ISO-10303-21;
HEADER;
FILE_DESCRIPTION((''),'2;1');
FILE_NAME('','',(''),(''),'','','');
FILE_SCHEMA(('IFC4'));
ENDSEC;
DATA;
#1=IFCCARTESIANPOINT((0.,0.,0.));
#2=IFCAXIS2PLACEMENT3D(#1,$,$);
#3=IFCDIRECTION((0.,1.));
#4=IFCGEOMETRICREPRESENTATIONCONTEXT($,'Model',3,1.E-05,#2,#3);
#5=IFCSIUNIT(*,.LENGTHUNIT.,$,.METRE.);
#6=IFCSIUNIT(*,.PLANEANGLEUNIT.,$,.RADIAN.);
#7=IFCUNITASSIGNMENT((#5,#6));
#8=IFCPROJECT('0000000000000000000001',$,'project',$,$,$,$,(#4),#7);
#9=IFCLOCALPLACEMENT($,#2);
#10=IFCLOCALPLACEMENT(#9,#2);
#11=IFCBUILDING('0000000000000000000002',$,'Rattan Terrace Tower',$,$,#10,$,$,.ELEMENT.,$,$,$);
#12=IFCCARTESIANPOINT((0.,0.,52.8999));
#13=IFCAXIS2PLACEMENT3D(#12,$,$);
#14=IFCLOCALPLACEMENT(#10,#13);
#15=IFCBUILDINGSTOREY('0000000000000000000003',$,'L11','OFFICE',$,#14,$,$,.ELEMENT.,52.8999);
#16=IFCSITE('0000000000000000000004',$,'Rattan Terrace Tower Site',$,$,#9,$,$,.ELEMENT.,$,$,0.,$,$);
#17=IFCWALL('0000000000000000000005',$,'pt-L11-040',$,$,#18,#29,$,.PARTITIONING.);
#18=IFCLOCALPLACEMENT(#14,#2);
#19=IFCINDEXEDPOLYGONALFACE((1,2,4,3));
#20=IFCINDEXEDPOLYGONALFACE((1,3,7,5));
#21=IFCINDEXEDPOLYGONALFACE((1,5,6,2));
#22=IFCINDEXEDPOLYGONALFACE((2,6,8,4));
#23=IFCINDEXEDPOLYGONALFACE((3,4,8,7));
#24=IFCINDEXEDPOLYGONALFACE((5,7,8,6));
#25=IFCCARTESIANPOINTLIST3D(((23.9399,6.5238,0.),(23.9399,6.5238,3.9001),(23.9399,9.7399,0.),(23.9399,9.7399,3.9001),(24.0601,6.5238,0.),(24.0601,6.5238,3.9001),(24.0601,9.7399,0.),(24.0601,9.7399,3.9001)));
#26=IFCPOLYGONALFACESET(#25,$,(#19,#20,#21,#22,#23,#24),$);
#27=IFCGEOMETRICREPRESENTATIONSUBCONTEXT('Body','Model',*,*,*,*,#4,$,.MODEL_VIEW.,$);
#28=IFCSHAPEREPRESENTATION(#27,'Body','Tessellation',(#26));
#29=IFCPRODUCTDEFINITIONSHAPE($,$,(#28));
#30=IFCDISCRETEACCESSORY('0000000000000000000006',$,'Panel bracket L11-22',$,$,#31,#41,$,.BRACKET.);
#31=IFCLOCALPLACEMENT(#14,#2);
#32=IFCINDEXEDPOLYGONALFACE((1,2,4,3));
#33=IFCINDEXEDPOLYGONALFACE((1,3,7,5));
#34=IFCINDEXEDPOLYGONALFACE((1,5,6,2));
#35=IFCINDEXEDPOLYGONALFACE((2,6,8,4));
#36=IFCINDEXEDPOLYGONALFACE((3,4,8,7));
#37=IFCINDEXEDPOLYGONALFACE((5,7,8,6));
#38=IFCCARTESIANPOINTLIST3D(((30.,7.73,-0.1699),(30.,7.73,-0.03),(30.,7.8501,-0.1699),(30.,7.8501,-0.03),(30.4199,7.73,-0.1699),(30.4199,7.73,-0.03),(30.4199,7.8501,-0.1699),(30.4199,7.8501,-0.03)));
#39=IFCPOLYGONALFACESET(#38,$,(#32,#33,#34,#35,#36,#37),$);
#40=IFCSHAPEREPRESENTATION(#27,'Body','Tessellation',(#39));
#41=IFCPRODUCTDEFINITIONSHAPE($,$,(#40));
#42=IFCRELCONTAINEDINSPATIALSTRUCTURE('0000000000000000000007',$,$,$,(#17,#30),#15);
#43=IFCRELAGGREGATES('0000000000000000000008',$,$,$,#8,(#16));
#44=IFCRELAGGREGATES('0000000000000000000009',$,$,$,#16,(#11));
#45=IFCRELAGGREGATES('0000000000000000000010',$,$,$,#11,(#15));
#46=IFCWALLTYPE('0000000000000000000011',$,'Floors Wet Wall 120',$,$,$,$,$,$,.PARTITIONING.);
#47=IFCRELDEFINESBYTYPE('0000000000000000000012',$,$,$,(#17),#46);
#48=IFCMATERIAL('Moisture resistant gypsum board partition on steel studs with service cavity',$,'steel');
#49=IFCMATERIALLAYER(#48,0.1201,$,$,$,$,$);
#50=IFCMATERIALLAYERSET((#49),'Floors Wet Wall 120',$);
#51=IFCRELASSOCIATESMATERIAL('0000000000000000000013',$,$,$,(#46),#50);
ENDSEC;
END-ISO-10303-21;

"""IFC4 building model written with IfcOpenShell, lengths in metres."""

from ifc_helpers import new_model, si_unit, direction, frame, frame_2d, origin, origin_2d, place, context, subcontext, project, spatial, rectangle, extrude, material, layer, layer_set, type_object, element, save


model = new_model("IFC4")

# Units and contexts
model_context = context("Model", 3, precision=1e-05, world=origin(), true_north=direction((0.0, 1.0)))
body_context = subcontext(model_context, "Body", "Model", "MODEL_VIEW")
ifc_project = project(units=[si_unit("LENGTHUNIT", "METRE"), si_unit("PLANEANGLEUNIT", "RADIAN")], contexts=[model_context])

# Site, building, storey
site_placement = place(None, origin())
site = spatial("IfcSite", under=ifc_project, at=site_placement, Name="Rattan Terrace Tower Site", CompositionType="ELEMENT", RefElevation=0.0)
building_placement = place(site_placement, origin())
building = spatial("IfcBuilding", under=site, at=building_placement, Name="Rattan Terrace Tower", CompositionType="ELEMENT")
storey_placement = place(building_placement, frame((0.0, 0.0, 52.8999)))
storey = spatial("IfcBuildingStorey", under=building, at=storey_placement, Name="L11", Description="OFFICE", CompositionType="ELEMENT", Elevation=52.8999)

# Shared definitions
ifc_material_1 = material(Name="Moisture resistant gypsum board partition on steel studs with service cavity", Category="steel")
ifc_layer_1 = layer(ifc_material_1, 0.1201)
ifc_layer_set_1 = layer_set([ifc_layer_1], Name="Floors Wet Wall 120")
wall_type_1 = type_object("IfcWallType", Name="Floors Wet Wall 120", PredefinedType="PARTITIONING", material=ifc_layer_set_1)

# Wall
wall_1_placement = place(storey_placement, frame((24.0, 6.5239, 0.0), z_axis=(0.0, 0.0, 1.0), x_axis=(0.0, 1.0, 0.0)))
element("IfcWall", 1, at=wall_1_placement, inside=storey, type_object=wall_type_1, Name="pt-L11-040", PredefinedType="PARTITIONING", context=body_context, shape_type="SweptSolid", body=[
    extrude(rectangle(XDim=3.2161, YDim=0.1201, at=frame_2d((1.6079, 0.0))), origin(), (0.0, 0.0, 1.0), 3.9001),
])

# Discrete accessory
discrete_accessory_placement = place(storey_placement, frame((30.21, 7.79, -0.1699), z_axis=(0.0, 0.0, 1.0), x_axis=(0.0, 1.0, 0.0)))
element("IfcDiscreteAccessory", 2, at=discrete_accessory_placement, inside=storey, Name="Panel bracket L11-22", PredefinedType="BRACKET", context=body_context, shape_type="SweptSolid", body=[
    extrude(rectangle(XDim=0.1201, YDim=0.4199, at=origin_2d()), origin(), (0.0, 0.0, 1.0), 0.1399),
])

save(model, "model.ifc")
